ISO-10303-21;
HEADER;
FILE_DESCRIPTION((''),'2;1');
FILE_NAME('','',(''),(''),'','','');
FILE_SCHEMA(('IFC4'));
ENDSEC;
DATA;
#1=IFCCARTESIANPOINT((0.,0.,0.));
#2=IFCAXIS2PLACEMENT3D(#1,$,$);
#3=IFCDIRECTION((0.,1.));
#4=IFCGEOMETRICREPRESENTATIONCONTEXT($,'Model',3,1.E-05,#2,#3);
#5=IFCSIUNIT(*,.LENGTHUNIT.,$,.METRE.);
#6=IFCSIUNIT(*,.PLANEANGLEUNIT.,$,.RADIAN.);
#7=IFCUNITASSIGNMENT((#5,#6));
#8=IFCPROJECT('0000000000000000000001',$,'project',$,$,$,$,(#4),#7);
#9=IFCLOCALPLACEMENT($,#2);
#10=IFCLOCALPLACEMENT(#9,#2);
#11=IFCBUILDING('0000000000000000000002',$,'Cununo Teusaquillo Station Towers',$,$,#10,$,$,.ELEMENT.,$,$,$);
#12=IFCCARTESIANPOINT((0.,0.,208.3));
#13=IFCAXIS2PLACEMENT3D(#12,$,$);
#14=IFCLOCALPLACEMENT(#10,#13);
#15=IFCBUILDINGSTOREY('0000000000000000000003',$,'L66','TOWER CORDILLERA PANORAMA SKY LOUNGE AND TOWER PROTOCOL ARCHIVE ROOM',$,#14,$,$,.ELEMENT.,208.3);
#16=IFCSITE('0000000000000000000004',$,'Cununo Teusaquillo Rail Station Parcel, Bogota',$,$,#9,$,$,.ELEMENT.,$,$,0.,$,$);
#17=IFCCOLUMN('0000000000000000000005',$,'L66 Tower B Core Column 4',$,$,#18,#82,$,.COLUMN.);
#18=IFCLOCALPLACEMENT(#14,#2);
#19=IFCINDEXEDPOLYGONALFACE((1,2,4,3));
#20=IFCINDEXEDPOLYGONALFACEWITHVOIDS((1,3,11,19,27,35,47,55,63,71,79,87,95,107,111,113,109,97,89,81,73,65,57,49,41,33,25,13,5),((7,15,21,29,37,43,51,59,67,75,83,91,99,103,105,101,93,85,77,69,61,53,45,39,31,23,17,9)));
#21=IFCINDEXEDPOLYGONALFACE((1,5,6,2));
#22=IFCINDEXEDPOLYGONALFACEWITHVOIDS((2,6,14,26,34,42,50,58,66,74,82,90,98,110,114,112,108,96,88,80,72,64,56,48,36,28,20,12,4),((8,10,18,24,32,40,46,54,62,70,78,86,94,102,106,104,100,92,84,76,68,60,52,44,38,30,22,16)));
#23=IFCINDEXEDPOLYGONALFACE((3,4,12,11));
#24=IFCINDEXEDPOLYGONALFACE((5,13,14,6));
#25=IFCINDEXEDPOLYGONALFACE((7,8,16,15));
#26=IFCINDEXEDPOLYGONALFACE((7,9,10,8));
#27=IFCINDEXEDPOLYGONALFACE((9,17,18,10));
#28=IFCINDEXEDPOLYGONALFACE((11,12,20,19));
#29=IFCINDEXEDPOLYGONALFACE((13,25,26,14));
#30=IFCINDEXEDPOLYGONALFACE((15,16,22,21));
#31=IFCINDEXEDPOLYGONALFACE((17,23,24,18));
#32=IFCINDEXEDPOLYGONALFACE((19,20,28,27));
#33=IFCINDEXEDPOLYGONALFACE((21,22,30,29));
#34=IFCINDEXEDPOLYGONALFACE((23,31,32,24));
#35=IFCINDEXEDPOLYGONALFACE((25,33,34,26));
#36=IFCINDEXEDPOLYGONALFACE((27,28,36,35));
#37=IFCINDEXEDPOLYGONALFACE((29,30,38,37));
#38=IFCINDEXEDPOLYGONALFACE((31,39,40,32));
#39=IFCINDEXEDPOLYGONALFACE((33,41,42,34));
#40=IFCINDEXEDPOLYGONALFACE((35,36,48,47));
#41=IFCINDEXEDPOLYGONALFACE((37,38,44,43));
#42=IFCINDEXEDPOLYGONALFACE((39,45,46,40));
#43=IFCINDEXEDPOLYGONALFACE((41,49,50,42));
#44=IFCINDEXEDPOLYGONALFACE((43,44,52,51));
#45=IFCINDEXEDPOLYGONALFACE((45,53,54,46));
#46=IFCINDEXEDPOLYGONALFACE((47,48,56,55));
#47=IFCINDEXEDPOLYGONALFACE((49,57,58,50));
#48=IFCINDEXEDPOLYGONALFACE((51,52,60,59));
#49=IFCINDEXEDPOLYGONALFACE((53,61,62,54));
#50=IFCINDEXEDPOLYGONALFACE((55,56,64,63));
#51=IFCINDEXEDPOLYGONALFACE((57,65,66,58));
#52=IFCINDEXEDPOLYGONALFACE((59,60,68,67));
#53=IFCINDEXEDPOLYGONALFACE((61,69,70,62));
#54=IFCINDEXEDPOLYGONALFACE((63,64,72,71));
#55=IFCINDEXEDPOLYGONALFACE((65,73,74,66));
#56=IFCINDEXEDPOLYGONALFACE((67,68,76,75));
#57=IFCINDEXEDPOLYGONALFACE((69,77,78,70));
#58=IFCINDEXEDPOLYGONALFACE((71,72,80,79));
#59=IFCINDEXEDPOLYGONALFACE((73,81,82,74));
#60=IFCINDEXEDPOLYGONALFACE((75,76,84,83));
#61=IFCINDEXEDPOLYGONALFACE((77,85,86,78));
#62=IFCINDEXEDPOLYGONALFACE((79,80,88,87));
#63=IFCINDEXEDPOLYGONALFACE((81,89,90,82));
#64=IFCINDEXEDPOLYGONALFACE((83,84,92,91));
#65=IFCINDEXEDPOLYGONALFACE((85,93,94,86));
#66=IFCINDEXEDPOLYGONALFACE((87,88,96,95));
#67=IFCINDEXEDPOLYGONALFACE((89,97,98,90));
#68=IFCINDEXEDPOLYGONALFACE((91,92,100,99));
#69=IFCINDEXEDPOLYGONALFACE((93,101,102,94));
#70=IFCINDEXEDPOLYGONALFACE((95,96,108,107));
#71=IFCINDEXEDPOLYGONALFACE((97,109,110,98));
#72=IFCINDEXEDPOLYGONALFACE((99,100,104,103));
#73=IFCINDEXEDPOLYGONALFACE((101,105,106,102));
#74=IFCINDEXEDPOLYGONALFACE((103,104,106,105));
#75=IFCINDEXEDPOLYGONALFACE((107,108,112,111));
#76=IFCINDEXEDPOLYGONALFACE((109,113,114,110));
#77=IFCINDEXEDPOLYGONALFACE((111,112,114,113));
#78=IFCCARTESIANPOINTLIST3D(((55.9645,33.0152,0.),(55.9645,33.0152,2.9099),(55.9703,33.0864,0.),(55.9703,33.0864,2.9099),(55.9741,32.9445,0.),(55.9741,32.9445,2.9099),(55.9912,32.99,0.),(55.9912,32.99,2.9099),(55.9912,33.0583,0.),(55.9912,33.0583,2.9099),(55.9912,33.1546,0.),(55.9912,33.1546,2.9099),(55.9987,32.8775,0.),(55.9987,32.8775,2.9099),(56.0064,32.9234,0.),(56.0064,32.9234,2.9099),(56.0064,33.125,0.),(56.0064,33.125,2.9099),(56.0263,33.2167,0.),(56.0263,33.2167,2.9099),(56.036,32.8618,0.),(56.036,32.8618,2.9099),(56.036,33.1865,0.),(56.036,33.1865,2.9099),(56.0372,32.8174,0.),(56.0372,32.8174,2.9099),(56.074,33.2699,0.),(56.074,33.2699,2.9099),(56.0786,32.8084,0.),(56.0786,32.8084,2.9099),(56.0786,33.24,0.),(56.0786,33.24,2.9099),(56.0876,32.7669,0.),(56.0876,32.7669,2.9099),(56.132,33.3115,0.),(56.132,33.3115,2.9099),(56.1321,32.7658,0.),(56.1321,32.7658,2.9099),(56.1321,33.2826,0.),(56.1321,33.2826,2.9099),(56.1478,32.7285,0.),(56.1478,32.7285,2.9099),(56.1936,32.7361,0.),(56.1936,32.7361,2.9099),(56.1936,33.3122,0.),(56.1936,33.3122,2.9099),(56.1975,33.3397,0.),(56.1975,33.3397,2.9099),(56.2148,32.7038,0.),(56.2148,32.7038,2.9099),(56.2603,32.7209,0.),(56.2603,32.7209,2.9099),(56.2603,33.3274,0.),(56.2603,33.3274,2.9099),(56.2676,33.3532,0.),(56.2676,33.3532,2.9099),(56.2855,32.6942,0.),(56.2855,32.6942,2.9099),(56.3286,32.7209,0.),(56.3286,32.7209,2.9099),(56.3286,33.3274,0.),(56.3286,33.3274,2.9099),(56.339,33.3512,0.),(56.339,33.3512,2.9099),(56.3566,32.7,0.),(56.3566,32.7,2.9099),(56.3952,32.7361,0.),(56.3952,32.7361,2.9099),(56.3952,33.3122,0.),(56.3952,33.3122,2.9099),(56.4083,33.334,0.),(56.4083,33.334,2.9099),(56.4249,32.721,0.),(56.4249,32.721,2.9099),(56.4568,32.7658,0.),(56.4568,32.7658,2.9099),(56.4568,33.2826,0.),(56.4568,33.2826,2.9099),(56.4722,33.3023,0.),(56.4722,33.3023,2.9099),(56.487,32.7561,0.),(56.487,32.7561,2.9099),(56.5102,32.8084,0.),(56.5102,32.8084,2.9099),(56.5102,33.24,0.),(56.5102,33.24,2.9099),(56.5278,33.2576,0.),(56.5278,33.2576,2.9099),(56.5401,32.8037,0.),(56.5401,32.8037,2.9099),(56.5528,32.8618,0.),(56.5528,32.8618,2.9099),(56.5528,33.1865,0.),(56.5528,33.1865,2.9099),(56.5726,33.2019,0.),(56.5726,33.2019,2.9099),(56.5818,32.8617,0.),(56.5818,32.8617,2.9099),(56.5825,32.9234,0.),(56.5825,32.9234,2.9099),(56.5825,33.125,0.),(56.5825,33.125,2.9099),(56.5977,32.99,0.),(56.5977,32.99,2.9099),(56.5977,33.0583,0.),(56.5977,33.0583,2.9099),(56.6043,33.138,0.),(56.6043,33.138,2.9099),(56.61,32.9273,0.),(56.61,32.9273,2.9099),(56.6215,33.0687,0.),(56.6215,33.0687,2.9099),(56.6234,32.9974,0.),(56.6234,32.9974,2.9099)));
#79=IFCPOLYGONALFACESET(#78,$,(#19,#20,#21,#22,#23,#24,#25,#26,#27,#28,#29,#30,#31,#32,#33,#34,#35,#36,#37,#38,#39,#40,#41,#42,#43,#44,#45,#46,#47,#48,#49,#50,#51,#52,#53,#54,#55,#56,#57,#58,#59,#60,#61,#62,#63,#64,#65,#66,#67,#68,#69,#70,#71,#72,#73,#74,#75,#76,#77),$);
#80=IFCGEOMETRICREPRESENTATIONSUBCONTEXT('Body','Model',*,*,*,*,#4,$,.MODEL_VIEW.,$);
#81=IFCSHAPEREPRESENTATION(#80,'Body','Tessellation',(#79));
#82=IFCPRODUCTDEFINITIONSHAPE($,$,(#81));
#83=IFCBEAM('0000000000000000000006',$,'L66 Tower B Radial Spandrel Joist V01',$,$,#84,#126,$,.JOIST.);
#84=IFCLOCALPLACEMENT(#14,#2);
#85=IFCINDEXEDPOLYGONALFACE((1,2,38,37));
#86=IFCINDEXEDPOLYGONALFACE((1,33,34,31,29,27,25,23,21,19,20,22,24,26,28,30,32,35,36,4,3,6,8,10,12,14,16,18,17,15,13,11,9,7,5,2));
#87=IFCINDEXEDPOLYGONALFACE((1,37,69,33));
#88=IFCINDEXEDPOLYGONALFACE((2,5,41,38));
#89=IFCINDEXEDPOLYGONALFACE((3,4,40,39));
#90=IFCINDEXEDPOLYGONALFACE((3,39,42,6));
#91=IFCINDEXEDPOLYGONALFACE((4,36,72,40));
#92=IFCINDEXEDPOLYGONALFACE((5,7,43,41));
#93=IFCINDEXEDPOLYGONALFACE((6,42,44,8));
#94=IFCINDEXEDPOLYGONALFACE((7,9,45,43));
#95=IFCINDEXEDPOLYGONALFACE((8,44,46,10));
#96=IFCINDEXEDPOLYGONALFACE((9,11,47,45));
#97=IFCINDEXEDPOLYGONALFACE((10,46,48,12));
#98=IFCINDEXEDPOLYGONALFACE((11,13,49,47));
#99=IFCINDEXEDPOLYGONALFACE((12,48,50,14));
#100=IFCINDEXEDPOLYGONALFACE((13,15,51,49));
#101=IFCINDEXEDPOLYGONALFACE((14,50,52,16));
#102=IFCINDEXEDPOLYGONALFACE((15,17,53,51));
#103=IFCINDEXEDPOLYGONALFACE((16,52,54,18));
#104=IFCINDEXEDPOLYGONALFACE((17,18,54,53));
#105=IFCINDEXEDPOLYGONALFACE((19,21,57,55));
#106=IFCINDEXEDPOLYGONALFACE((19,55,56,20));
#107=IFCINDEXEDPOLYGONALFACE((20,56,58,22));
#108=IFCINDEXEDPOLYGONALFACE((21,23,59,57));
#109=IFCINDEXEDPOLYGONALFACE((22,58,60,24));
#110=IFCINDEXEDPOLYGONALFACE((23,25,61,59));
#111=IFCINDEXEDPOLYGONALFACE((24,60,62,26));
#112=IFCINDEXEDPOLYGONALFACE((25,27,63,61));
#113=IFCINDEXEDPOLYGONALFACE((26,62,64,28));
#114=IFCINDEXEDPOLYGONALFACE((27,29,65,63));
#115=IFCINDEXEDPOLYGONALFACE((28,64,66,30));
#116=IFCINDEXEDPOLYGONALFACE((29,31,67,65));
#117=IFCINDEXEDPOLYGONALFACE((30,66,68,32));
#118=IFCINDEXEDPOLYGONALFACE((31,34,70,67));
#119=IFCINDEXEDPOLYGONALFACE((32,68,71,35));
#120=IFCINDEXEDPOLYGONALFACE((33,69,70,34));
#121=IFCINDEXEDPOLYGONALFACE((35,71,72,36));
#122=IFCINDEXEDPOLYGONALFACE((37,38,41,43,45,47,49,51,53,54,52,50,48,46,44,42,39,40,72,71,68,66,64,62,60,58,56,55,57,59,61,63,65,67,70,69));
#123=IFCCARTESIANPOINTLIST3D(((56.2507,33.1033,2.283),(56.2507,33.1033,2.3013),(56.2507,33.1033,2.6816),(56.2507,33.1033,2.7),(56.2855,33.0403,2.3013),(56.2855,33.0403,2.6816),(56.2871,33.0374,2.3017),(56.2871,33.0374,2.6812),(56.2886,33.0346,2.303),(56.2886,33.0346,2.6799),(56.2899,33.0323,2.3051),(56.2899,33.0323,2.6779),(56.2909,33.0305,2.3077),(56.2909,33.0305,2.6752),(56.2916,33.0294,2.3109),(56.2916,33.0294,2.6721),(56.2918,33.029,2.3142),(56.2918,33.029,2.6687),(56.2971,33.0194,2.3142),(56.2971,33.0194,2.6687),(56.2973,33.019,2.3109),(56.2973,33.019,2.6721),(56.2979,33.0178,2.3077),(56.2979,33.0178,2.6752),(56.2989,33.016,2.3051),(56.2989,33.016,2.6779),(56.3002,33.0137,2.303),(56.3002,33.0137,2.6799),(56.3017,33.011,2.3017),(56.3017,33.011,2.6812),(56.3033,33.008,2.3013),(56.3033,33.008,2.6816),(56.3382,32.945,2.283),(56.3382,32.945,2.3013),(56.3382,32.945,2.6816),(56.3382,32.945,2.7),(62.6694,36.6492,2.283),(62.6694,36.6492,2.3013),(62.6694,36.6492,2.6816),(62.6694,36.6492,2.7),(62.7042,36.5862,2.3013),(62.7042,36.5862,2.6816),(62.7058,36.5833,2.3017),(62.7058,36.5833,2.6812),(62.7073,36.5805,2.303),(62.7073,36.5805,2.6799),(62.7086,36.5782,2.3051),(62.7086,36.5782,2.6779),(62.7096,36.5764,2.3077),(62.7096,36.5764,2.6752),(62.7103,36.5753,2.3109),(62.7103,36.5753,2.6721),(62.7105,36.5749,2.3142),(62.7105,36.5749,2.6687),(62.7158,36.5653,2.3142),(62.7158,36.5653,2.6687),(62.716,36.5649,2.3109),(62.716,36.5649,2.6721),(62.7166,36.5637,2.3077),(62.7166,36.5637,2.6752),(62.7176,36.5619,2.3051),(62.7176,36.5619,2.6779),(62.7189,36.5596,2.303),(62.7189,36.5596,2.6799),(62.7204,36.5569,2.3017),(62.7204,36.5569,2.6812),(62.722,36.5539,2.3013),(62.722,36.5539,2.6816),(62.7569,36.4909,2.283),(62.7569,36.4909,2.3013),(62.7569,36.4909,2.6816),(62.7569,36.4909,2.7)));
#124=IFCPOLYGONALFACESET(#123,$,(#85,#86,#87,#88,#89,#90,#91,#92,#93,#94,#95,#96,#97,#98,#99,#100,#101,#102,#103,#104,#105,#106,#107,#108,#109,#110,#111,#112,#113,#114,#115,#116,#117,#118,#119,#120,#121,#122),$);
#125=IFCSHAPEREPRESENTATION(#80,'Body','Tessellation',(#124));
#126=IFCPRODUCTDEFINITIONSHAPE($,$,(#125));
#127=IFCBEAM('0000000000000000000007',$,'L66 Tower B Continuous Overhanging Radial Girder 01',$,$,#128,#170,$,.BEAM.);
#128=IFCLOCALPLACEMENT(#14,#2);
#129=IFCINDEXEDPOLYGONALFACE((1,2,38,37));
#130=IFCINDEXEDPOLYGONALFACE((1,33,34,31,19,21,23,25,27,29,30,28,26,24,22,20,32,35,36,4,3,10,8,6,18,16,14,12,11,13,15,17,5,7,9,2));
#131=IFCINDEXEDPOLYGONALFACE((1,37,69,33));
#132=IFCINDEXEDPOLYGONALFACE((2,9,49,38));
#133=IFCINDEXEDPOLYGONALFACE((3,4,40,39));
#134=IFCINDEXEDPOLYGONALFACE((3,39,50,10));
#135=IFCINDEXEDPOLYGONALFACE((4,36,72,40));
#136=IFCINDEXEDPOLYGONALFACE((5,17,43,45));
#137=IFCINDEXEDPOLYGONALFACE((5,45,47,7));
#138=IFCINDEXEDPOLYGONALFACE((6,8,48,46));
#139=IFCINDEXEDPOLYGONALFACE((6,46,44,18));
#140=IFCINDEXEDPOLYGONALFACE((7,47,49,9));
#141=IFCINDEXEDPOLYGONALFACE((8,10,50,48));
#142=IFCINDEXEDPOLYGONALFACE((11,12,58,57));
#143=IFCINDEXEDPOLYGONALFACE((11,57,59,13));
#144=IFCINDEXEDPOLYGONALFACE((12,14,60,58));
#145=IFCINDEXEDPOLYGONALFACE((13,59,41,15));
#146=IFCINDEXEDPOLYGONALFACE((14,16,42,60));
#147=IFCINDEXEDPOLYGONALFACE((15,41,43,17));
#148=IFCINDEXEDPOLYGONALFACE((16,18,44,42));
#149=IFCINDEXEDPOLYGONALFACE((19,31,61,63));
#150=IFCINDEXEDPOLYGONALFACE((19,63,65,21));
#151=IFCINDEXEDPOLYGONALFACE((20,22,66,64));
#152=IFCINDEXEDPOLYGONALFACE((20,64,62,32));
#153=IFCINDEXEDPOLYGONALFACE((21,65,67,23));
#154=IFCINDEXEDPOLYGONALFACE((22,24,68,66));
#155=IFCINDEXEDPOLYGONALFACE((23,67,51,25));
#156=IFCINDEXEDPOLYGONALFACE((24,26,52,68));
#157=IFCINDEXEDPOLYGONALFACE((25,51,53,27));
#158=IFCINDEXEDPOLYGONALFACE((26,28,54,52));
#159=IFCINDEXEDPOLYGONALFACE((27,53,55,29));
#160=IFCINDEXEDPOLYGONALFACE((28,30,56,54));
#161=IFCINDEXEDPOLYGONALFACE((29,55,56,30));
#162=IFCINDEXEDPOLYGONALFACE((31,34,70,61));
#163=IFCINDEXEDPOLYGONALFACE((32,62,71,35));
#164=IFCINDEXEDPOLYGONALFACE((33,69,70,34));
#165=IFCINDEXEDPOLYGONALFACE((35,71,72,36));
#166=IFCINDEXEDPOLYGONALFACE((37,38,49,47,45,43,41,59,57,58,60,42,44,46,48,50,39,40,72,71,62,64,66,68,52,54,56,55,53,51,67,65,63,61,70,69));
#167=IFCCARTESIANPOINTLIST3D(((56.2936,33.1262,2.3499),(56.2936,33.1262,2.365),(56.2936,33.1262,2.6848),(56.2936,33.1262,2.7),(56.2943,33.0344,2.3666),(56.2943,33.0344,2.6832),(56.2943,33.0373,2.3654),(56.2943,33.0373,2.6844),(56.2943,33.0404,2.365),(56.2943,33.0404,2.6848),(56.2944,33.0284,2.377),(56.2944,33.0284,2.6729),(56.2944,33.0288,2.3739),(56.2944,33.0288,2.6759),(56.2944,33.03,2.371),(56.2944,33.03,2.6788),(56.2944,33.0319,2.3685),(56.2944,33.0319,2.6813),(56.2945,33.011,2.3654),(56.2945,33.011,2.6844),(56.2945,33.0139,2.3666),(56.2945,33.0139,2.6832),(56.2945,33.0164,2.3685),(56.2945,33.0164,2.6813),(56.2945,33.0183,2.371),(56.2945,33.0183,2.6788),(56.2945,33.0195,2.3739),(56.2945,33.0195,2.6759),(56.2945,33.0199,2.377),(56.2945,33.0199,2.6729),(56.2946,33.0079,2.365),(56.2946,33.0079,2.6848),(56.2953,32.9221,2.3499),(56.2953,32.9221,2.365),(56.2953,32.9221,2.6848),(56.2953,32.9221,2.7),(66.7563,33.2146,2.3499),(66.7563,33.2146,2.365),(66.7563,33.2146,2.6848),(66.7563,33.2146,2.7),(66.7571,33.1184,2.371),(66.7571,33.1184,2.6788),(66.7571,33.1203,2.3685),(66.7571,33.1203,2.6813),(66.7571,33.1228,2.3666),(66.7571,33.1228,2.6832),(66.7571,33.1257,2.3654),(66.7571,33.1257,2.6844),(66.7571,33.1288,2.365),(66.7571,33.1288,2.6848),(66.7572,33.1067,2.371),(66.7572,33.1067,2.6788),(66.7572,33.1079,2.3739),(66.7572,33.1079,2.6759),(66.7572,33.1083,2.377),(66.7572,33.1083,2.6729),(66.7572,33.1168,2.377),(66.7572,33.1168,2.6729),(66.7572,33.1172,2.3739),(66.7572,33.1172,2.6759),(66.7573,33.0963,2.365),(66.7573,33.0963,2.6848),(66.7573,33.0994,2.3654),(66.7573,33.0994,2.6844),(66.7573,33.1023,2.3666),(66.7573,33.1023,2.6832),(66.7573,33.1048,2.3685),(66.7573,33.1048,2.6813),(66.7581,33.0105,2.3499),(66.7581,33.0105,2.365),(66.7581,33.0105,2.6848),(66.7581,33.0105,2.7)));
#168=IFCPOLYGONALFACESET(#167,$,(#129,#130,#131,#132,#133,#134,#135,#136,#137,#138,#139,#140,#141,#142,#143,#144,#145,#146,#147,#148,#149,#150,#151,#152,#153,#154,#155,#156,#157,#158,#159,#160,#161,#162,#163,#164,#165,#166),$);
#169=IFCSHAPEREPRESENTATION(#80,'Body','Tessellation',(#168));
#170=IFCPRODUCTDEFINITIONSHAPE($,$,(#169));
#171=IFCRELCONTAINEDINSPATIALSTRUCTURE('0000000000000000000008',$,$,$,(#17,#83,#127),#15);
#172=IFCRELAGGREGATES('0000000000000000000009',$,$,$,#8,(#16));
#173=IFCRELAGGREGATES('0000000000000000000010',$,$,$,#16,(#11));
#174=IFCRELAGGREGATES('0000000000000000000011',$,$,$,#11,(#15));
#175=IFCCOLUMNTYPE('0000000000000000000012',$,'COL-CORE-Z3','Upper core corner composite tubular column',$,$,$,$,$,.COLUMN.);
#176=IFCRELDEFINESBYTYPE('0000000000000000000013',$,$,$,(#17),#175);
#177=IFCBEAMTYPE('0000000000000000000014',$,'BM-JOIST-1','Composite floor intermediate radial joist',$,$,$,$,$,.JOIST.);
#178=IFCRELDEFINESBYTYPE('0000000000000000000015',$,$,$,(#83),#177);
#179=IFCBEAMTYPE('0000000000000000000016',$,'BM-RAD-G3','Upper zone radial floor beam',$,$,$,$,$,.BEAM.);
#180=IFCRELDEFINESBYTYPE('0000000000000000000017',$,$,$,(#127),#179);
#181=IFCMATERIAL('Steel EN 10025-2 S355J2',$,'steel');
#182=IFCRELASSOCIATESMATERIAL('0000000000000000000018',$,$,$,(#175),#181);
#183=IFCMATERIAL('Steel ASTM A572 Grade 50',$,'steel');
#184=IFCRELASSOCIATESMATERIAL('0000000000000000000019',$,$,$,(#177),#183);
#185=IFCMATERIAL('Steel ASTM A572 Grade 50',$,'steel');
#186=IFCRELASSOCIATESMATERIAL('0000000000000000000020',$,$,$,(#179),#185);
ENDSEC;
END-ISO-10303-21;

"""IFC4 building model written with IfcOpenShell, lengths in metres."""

from ifc_helpers import new_model, si_unit, direction, frame, origin, origin_2d, place, context, subcontext, project, spatial, hollow_circle, i_section, extrude, material, material_profile, profile_set, type_object, element, save


model = new_model("IFC4")

# Units and contexts
model_context = context("Model", 3, precision=1e-05, world=origin(), true_north=direction((0.0, 1.0)))
body_context = subcontext(model_context, "Body", "Model", "MODEL_VIEW")
ifc_project = project(units=[si_unit("LENGTHUNIT", "METRE"), si_unit("PLANEANGLEUNIT", "RADIAN")], contexts=[model_context])

# Site, building, storey
site_placement = place(None, origin())
site = spatial("IfcSite", under=ifc_project, at=site_placement, Name="Cununo Teusaquillo Rail Station Parcel, Bogota", CompositionType="ELEMENT", RefElevation=0.0)
building_placement = place(site_placement, origin())
building = spatial("IfcBuilding", under=site, at=building_placement, Name="Cununo Teusaquillo Station Towers", CompositionType="ELEMENT")
storey_placement = place(building_placement, frame((0.0, 0.0, 208.3)))
storey = spatial("IfcBuildingStorey", under=building, at=storey_placement, Name="L66", Description="TOWER CORDILLERA PANORAMA SKY LOUNGE AND TOWER PROTOCOL ARCHIVE ROOM", CompositionType="ELEMENT", Elevation=208.3)

# Column
ifc_material_1 = material(Name="Steel EN 10025-2 S355J2", Category="steel")
ifc_material_profile_1 = material_profile(ifc_material_1, hollow_circle(Radius=0.3301, WallThickness=0.0249, at=origin_2d()), Name="CHS 660x25")
ifc_profile_set_1 = profile_set([ifc_material_profile_1], Name="Steel EN 10025-2 S355J2")
column_type = type_object("IfcColumnType", Name="COL-CORE-Z3", Description="Upper core corner composite tubular column", PredefinedType="COLUMN", material=ifc_profile_set_1)
column_placement = place(storey_placement, frame((56.2944, 33.0242, 0.0), z_axis=(0.0, 0.0, 1.0), x_axis=(0.707107, 0.707107, 0.0)))
element("IfcColumn", 1, at=column_placement, inside=storey, type_object=column_type, Name="L66 Tower B Core Column 4", PredefinedType="COLUMN", context=body_context, shape_type="SweptSolid", body=[
    extrude(hollow_circle(Radius=0.3301, WallThickness=0.0249, at=origin_2d()), origin(), (0.0, 0.0, 1.0), 2.9099),
])

# Beams
ifc_material_2 = material(Name="Steel ASTM A572 Grade 50", Category="steel")
ifc_material_profile_2 = material_profile(ifc_material_2, i_section(OverallWidth=0.1809, OverallDepth=0.417, WebThickness=0.011, FlangeThickness=0.0183, FilletRadius=0.0129, at=origin_2d()), Name="W16X57")
ifc_profile_set_2 = profile_set([ifc_material_profile_2], Name="Steel ASTM A572 Grade 50")
beam_type_1 = type_object("IfcBeamType", Name="BM-JOIST-1", Description="Composite floor intermediate radial joist", PredefinedType="JOIST", material=ifc_profile_set_2)
beam_1_placement = place(storey_placement, frame((56.2944, 33.0242, 2.4915), z_axis=(0.875315, 0.483553, 0.0), x_axis=(-0.483553, 0.875315, 0.0)))
element("IfcBeam", 2, at=beam_1_placement, inside=storey, type_object=beam_type_1, Name="L66 Tower B Radial Spandrel Joist V01", PredefinedType="JOIST", context=body_context, shape_type="SweptSolid", body=[
    extrude(i_section(OverallWidth=0.1809, OverallDepth=0.417, WebThickness=0.011, FlangeThickness=0.0183, FilletRadius=0.0129, at=origin_2d()), origin(), (0.0, 0.0, 1.0), 7.333),
])
ifc_material_3 = material(Name="Steel ASTM A572 Grade 50", Category="steel")
ifc_material_profile_3 = material_profile(ifc_material_3, i_section(OverallWidth=0.2041, OverallDepth=0.3501, WebThickness=0.0085, FlangeThickness=0.0151, FilletRadius=0.012, at=origin_2d()), Name="W14X48")
ifc_profile_set_3 = profile_set([ifc_material_profile_3], Name="Steel ASTM A572 Grade 50")
beam_type_2 = type_object("IfcBeamType", Name="BM-RAD-G3", Description="Upper zone radial floor beam", PredefinedType="BEAM", material=ifc_profile_set_3)
beam_2_placement = place(storey_placement, frame((56.2944, 33.0242, 2.5249), z_axis=(0.999964, 0.008447, 0.0), x_axis=(-0.008447, 0.999964, 0.0)))
element("IfcBeam", 3, at=beam_2_placement, inside=storey, type_object=beam_type_2, Name="L66 Tower B Continuous Overhanging Radial Girder 01", PredefinedType="BEAM", context=body_context, shape_type="SweptSolid", body=[
    extrude(i_section(OverallWidth=0.2041, OverallDepth=0.3501, WebThickness=0.0085, FlangeThickness=0.0151, FilletRadius=0.012, at=origin_2d()), origin(), (0.0, 0.0, 1.0), 10.4631),
])

save(model, "model.ifc")
